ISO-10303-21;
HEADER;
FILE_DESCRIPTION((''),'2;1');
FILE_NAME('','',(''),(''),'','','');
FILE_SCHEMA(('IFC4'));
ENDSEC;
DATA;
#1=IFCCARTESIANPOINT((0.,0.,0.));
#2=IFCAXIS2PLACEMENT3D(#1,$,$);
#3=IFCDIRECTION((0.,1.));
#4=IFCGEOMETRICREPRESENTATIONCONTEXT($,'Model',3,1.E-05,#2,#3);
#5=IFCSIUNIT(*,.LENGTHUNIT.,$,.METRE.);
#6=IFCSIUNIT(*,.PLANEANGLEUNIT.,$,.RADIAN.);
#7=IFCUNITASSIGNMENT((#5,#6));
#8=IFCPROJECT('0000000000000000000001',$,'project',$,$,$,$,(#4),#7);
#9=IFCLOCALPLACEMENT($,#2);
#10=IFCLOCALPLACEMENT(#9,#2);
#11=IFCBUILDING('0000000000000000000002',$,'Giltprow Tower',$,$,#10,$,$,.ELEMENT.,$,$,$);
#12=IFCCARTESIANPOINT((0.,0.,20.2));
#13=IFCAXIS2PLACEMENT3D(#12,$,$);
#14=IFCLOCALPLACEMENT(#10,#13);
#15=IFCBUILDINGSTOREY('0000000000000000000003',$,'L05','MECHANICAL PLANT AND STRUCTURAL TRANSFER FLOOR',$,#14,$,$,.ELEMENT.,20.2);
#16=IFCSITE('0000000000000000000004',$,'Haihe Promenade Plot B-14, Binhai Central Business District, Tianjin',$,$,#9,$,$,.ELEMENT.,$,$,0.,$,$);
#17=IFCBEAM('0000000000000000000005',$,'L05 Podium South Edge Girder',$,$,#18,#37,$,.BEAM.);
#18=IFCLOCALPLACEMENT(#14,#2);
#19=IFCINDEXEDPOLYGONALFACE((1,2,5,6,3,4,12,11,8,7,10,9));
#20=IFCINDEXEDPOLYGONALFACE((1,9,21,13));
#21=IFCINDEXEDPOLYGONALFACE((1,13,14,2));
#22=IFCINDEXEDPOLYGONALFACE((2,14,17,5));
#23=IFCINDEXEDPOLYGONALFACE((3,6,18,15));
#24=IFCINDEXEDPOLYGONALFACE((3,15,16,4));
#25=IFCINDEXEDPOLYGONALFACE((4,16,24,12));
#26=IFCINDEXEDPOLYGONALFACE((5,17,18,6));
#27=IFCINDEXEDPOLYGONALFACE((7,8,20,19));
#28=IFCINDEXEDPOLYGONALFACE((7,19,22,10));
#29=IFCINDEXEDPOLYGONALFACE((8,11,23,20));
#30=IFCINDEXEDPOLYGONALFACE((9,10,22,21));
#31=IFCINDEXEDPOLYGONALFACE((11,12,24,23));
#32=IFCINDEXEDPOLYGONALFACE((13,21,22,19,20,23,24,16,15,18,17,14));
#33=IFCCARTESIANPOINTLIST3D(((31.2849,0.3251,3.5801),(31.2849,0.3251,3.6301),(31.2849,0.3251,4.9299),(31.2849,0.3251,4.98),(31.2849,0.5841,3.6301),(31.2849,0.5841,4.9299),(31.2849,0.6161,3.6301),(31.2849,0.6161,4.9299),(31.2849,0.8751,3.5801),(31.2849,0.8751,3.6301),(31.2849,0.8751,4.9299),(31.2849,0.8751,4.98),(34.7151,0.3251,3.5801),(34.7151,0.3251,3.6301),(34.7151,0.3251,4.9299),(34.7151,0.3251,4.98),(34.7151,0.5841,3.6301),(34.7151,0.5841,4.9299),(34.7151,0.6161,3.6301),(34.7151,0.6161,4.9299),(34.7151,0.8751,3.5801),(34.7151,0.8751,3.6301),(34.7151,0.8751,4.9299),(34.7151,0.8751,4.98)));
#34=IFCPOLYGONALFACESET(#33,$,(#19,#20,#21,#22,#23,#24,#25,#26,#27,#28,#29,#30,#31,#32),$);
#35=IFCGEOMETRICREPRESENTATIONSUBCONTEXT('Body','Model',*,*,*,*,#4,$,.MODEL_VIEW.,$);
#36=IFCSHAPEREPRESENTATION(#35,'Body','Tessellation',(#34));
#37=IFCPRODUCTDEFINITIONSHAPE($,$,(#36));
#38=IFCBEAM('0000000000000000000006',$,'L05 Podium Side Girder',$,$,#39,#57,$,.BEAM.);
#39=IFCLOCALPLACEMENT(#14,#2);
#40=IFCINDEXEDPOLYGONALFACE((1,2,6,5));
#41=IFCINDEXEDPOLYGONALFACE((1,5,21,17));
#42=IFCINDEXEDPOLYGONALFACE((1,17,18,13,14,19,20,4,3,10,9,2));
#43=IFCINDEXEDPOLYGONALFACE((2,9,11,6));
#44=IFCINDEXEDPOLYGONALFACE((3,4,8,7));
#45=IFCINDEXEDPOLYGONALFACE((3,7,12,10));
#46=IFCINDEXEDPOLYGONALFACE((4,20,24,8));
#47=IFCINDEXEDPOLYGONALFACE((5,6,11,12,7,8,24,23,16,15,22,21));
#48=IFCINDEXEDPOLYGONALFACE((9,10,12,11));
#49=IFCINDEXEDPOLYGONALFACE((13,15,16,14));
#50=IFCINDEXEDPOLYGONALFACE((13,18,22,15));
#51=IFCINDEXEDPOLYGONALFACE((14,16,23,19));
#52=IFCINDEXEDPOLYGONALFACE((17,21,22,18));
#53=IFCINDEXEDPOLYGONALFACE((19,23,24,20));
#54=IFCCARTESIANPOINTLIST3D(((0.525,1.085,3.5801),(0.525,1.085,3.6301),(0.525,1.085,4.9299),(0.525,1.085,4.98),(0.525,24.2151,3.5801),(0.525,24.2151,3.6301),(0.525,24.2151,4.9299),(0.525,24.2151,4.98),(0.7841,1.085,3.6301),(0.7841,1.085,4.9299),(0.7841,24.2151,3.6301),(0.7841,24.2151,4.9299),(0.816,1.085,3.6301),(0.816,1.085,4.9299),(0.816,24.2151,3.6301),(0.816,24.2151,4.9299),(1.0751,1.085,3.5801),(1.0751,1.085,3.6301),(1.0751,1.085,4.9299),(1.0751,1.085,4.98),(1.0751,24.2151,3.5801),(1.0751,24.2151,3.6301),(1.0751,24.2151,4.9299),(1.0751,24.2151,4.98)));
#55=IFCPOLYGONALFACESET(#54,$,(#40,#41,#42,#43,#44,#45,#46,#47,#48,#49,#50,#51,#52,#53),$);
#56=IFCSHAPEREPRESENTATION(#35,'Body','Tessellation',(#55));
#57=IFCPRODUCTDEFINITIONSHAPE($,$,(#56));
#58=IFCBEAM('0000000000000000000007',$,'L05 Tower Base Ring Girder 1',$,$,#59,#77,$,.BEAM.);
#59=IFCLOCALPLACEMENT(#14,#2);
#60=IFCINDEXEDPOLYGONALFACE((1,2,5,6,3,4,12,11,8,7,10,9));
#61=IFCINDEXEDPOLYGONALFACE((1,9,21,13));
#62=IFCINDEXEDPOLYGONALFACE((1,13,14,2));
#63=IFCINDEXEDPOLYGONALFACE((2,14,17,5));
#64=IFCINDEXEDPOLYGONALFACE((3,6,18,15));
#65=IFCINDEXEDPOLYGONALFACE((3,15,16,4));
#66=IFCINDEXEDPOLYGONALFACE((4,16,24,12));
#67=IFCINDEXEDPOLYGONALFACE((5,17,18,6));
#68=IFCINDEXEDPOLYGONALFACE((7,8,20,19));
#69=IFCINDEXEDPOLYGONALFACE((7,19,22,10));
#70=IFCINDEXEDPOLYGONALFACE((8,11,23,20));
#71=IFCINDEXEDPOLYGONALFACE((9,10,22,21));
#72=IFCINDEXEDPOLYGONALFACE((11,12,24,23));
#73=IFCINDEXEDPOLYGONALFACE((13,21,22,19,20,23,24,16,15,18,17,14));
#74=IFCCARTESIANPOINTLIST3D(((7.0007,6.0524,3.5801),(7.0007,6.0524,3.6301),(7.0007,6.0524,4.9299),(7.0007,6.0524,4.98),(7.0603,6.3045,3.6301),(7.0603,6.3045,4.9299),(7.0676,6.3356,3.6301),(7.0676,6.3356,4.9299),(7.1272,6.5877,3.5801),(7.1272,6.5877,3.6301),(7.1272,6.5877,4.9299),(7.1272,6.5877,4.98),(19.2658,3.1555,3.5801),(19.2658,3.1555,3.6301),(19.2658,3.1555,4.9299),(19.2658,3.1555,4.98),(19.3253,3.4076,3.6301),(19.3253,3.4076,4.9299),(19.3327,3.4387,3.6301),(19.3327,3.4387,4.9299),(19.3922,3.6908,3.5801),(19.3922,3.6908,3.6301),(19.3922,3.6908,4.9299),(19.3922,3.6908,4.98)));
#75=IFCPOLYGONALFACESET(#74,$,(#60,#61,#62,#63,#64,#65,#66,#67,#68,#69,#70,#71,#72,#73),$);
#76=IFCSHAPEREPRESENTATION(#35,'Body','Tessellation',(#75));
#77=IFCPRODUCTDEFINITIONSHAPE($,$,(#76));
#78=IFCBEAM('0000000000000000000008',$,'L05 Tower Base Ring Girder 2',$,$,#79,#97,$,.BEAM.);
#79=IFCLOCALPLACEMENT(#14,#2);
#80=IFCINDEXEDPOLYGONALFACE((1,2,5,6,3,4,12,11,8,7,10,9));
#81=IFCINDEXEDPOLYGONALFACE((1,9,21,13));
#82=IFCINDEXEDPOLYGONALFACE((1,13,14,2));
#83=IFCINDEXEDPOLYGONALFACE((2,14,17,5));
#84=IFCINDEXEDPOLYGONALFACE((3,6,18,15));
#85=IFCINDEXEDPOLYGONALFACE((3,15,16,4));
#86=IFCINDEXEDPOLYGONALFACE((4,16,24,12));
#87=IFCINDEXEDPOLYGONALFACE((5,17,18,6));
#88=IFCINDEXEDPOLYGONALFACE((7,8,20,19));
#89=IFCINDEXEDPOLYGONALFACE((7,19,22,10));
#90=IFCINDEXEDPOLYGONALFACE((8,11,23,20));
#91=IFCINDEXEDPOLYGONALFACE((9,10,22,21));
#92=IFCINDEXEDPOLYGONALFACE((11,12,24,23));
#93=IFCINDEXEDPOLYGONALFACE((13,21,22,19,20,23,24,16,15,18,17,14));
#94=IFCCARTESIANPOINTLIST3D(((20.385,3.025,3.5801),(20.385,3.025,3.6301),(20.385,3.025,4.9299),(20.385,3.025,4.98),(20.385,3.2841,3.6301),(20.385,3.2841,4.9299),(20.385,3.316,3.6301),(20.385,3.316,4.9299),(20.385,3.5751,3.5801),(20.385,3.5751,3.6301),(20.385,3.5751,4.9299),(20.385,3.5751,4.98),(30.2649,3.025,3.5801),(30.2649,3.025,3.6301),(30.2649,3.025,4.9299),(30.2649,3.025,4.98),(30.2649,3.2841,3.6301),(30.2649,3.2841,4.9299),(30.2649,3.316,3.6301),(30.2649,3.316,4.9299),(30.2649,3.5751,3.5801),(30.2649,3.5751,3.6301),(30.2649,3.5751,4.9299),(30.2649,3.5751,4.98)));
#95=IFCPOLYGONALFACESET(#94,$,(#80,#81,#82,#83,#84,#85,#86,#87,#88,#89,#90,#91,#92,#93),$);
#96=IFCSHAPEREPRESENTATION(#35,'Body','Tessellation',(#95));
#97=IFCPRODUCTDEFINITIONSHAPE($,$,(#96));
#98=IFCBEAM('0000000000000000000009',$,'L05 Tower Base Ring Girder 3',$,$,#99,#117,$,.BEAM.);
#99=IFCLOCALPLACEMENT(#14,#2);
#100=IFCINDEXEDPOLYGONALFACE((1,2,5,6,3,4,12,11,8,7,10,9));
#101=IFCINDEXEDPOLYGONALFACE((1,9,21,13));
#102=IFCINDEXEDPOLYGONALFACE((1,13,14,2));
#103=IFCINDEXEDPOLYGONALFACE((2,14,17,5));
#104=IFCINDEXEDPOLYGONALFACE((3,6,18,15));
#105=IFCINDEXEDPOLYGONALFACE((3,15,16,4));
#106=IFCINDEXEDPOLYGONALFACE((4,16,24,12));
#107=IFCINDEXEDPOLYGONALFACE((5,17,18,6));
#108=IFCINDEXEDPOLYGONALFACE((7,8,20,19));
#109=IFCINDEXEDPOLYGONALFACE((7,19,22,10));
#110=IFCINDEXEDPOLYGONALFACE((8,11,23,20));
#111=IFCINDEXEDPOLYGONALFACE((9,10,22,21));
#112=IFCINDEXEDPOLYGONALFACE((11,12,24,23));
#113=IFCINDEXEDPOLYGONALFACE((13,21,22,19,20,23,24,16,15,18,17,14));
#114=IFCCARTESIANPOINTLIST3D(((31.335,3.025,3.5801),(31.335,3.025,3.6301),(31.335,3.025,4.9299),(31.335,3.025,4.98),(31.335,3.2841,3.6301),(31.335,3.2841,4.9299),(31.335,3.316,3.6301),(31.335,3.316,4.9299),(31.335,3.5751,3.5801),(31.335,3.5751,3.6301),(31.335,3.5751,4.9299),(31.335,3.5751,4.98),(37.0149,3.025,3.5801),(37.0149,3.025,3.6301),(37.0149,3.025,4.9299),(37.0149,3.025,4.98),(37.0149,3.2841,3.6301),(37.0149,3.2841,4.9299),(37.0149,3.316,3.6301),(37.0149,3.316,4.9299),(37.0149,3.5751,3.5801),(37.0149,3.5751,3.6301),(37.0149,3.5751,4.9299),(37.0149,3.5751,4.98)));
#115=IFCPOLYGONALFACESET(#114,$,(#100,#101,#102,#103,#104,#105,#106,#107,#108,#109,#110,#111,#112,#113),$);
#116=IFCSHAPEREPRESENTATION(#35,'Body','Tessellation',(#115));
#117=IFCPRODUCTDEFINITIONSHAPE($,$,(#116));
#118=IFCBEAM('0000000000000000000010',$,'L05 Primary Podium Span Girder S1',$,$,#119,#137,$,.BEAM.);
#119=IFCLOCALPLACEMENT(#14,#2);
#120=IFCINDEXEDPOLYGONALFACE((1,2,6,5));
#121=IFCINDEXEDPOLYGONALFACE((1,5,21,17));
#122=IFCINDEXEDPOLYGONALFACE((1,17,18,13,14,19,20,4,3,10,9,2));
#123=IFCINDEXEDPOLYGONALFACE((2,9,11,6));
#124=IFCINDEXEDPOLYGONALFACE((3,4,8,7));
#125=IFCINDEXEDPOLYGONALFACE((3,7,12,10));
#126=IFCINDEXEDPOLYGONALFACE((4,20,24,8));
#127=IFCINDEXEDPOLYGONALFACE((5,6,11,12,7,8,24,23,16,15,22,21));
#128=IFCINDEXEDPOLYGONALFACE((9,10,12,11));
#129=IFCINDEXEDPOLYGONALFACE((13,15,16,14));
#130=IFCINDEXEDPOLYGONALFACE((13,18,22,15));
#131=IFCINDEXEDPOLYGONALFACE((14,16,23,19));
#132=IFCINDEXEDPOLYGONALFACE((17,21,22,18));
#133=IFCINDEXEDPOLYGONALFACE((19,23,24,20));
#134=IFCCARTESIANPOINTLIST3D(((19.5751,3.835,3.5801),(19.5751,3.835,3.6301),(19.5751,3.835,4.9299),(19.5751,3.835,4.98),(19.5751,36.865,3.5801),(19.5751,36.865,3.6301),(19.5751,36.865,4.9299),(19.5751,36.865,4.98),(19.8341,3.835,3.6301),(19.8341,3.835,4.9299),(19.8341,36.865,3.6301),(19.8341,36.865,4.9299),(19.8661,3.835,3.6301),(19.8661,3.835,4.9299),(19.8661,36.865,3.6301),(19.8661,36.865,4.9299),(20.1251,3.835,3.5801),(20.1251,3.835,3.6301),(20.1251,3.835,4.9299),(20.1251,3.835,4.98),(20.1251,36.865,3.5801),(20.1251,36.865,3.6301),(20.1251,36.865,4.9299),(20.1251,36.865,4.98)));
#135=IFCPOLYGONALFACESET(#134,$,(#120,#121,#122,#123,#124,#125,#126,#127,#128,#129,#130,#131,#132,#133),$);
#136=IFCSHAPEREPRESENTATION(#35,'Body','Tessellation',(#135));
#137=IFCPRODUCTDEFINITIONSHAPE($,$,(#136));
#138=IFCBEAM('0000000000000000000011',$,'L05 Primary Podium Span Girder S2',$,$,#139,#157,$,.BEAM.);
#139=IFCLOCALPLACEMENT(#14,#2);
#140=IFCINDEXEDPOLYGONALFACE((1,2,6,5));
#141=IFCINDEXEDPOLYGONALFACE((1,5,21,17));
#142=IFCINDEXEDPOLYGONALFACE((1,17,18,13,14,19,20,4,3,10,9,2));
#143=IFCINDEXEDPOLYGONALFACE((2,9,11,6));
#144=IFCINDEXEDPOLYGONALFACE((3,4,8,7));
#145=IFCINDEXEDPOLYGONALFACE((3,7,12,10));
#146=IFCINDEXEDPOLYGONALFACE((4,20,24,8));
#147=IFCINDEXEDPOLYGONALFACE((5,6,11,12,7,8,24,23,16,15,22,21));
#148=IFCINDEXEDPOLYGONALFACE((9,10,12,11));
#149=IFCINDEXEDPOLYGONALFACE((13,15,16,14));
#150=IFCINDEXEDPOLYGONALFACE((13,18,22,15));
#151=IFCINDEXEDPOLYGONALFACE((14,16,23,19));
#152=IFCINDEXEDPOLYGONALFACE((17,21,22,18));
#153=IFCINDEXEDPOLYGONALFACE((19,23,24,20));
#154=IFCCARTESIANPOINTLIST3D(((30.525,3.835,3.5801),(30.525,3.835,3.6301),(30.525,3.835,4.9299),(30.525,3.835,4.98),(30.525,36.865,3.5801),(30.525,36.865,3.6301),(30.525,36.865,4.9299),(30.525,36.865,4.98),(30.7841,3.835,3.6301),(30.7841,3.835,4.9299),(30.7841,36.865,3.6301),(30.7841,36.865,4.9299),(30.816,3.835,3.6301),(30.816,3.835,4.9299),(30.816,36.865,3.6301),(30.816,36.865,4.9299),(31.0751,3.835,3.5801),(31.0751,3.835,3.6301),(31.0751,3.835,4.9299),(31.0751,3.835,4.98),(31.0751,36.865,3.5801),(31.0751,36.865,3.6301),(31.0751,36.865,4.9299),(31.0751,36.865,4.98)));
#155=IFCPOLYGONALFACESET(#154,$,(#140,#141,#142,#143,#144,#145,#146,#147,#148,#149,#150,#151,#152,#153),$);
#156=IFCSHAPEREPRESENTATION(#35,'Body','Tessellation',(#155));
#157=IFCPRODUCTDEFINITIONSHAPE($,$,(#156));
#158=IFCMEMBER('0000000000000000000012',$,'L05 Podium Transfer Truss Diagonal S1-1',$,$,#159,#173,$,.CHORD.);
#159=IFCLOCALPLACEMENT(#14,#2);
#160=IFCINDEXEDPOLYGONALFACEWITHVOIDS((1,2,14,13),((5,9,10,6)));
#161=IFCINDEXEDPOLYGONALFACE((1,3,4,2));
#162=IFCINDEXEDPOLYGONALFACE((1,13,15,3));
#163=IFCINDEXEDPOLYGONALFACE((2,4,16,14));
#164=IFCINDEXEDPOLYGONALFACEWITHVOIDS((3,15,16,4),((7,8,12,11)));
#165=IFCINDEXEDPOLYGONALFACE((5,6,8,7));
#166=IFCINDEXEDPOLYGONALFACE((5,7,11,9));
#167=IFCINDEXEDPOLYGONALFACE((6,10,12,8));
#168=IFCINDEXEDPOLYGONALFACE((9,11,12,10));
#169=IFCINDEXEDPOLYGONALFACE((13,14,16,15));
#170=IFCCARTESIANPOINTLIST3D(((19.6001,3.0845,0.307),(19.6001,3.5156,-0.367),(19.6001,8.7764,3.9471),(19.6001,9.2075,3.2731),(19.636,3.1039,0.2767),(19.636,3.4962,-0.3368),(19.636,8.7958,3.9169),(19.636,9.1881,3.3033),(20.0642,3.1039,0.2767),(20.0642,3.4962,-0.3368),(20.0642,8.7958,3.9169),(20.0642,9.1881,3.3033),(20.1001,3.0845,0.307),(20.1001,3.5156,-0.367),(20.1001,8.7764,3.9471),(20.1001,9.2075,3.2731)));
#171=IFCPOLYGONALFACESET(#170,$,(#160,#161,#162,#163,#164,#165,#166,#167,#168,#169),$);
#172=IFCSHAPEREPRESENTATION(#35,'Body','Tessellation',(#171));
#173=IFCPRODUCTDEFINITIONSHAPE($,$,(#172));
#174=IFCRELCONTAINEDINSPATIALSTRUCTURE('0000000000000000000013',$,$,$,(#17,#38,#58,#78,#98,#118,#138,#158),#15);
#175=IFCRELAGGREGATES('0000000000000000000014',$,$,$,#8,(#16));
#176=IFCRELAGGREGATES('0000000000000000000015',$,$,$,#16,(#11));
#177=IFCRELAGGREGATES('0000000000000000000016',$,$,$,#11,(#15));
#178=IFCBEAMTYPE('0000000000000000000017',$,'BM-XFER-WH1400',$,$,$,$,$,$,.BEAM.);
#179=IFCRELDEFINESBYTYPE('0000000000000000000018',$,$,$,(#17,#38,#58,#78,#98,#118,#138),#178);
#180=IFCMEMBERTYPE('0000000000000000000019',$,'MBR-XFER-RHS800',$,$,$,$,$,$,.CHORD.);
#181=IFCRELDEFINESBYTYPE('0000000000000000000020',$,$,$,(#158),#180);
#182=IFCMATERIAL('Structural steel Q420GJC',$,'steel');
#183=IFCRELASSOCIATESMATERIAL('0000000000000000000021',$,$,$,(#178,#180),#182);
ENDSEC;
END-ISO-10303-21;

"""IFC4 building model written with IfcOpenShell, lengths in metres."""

from ifc_helpers import new_model, si_unit, direction, frame, origin, origin_2d, place, context, subcontext, project, spatial, hollow_rectangle, i_section, extrude, source, transform, mapped, material, material_profile, profile_set, type_object, element, save


model = new_model("IFC4")

# Units and contexts
model_context = context("Model", 3, precision=1e-05, world=origin(), true_north=direction((0.0, 1.0)))
body_context = subcontext(model_context, "Body", "Model", "MODEL_VIEW")
ifc_project = project(units=[si_unit("LENGTHUNIT", "METRE"), si_unit("PLANEANGLEUNIT", "RADIAN")], contexts=[model_context])

# Site, building, storey
site_placement = place(None, origin())
site = spatial("IfcSite", under=ifc_project, at=site_placement, Name="Haihe Promenade Plot B-14, Binhai Central Business District, Tianjin", CompositionType="ELEMENT", RefElevation=0.0)
building_placement = place(site_placement, origin())
building = spatial("IfcBuilding", under=site, at=building_placement, Name="Giltprow Tower", CompositionType="ELEMENT")
storey_placement = place(building_placement, frame((0.0, 0.0, 20.2)))
storey = spatial("IfcBuildingStorey", under=building, at=storey_placement, Name="L05", Description="MECHANICAL PLANT AND STRUCTURAL TRANSFER FLOOR", CompositionType="ELEMENT", Elevation=20.2)

# Shared definitions
ifc_material_1 = material(Name="Structural steel Q420GJC", Category="steel")

# Beams
ifc_material_profile_1 = material_profile(ifc_material_1, i_section(OverallWidth=0.55, OverallDepth=1.3999, WebThickness=0.032, FlangeThickness=0.05, at=origin_2d()), Name="WH 1400x550x32x50")
ifc_profile_set_1 = profile_set([ifc_material_profile_1], Name="Structural steel Q420GJC")
beam_type_1 = type_object("IfcBeamType", Name="BM-XFER-WH1400", PredefinedType="BEAM", material=ifc_profile_set_1)
shared_shape_1 = source(origin(), body_context, "Body", "SweptSolid", [
    extrude(i_section(OverallWidth=0.55, OverallDepth=1.3999, WebThickness=0.032, FlangeThickness=0.05, at=origin_2d()), origin(), (0.0, 0.0, 1.0), 3.4302),
])
beam_1_placement = place(storey_placement, frame((31.2849, 0.6001, 4.28), z_axis=(1.0, 0.0, 0.0), x_axis=(0.0, 1.0, 0.0)))
element("IfcBeam", 1, at=beam_1_placement, inside=storey, type_object=beam_type_1, Name="L05 Podium South Edge Girder", PredefinedType="BEAM", context=body_context, shape_type="MappedRepresentation", body=[
    mapped(shared_shape_1, transform((0.0, 0.0, 0.0), x_axis=(1.0, 0.0, 0.0), y_axis=(0.0, 1.0, 0.0), z_axis=(0.0, 0.0, 1.0), scale=1.0)),
])
shared_shape_2 = source(origin(), body_context, "Body", "SweptSolid", [
    extrude(i_section(OverallWidth=0.55, OverallDepth=1.3999, WebThickness=0.032, FlangeThickness=0.05, at=origin_2d()), origin(), (0.0, 0.0, 1.0), 23.1301),
])
beam_2_placement = place(storey_placement, frame((0.8, 1.085, 4.28), z_axis=(0.0, 1.0, 0.0), x_axis=(-1.0, 0.0, 0.0)))
element("IfcBeam", 2, at=beam_2_placement, inside=storey, type_object=beam_type_1, Name="L05 Podium Side Girder", PredefinedType="BEAM", context=body_context, shape_type="MappedRepresentation", body=[
    mapped(shared_shape_2, transform((0.0, 0.0, 0.0), x_axis=(1.0, 0.0, 0.0), y_axis=(0.0, 1.0, 0.0), z_axis=(0.0, 0.0, 1.0), scale=1.0)),
])
shared_shape_3 = source(origin(), body_context, "Body", "SweptSolid", [
    extrude(i_section(OverallWidth=0.55, OverallDepth=1.3999, WebThickness=0.032, FlangeThickness=0.05, at=origin_2d()), origin(), (0.0, 0.0, 1.0), 12.6025),
])
beam_3_placement = place(storey_placement, frame((7.064, 6.3201, 4.28), z_axis=(0.973221, -0.229871, 0.0), x_axis=(0.229871, 0.973221, 0.0)))
element("IfcBeam", 3, at=beam_3_placement, inside=storey, type_object=beam_type_1, Name="L05 Tower Base Ring Girder 1", PredefinedType="BEAM", context=body_context, shape_type="MappedRepresentation", body=[
    mapped(shared_shape_3, transform((0.0, 0.0, 0.0), x_axis=(1.0, 0.0, 0.0), y_axis=(0.0, 1.0, 0.0), z_axis=(0.0, 0.0, 1.0), scale=1.0)),
])
shared_shape_4 = source(origin(), body_context, "Body", "SweptSolid", [
    extrude(i_section(OverallWidth=0.55, OverallDepth=1.3999, WebThickness=0.032, FlangeThickness=0.05, at=origin_2d()), origin(), (0.0, 0.0, 1.0), 9.8799),
])
beam_4_placement = place(storey_placement, frame((20.385, 3.3, 4.28), z_axis=(1.0, 0.0, 0.0), x_axis=(0.0, 1.0, 0.0)))
element("IfcBeam", 4, at=beam_4_placement, inside=storey, type_object=beam_type_1, Name="L05 Tower Base Ring Girder 2", PredefinedType="BEAM", context=body_context, shape_type="MappedRepresentation", body=[
    mapped(shared_shape_4, transform((0.0, 0.0, 0.0), x_axis=(1.0, 0.0, 0.0), y_axis=(0.0, 1.0, 0.0), z_axis=(0.0, 0.0, 1.0), scale=1.0)),
])
shared_shape_5 = source(origin(), body_context, "Body", "SweptSolid", [
    extrude(i_section(OverallWidth=0.55, OverallDepth=1.3999, WebThickness=0.032, FlangeThickness=0.05, at=origin_2d()), origin(), (0.0, 0.0, 1.0), 5.6799),
])
beam_5_placement = place(storey_placement, frame((31.335, 3.3, 4.28), z_axis=(1.0, 0.0, 0.0), x_axis=(0.0, 1.0, 0.0)))
element("IfcBeam", 5, at=beam_5_placement, inside=storey, type_object=beam_type_1, Name="L05 Tower Base Ring Girder 3", PredefinedType="BEAM", context=body_context, shape_type="MappedRepresentation", body=[
    mapped(shared_shape_5, transform((0.0, 0.0, 0.0), x_axis=(1.0, 0.0, 0.0), y_axis=(0.0, 1.0, 0.0), z_axis=(0.0, 0.0, 1.0), scale=1.0)),
])
shared_shape_6 = source(origin(), body_context, "Body", "SweptSolid", [
    extrude(i_section(OverallWidth=0.55, OverallDepth=1.3999, WebThickness=0.032, FlangeThickness=0.05, at=origin_2d()), origin(), (0.0, 0.0, 1.0), 33.03),
])
for number, where, z_axis, x_axis, name in (
    (6, (19.8501, 3.835, 4.28), (0.0, 1.0, 0.0), (-1.0, 0.0, 0.0), "L05 Primary Podium Span Girder S1"),
    (7, (30.8, 3.835, 4.28), (0.0, 1.0, 0.0), (-1.0, 0.0, 0.0), "L05 Primary Podium Span Girder S2"),
):
    element("IfcBeam", number, at=place(storey_placement, frame(where, z_axis=z_axis, x_axis=x_axis)), inside=storey, type_object=beam_type_1, Name=name, PredefinedType="BEAM", context=body_context, shape_type="MappedRepresentation", body=[
        mapped(shared_shape_6, transform((0.0, 0.0, 0.0), x_axis=(1.0, 0.0, 0.0), y_axis=(0.0, 1.0, 0.0), z_axis=(0.0, 0.0, 1.0), scale=1.0)),
    ])

# Member
ifc_material_profile_2 = material_profile(ifc_material_1, hollow_rectangle(XDim=0.5, YDim=0.8, WallThickness=0.0359, at=origin_2d()), Name="RHS 800x500x36")
ifc_profile_set_2 = profile_set([ifc_material_profile_2], Name="Structural steel Q420GJC")
member_type = type_object("IfcMemberType", Name="MBR-XFER-RHS800", PredefinedType="CHORD", material=ifc_profile_set_2)
shared_shape_7 = source(origin(), body_context, "Body", "SweptSolid", [
    extrude(hollow_rectangle(XDim=0.5, YDim=0.8, WallThickness=0.0359, at=origin_2d()), origin(), (0.0, 0.0, 1.0), 6.7563),
])
for number, where, z_axis, x_axis, name in (
    (8, (19.8501, 3.3, -0.03), (0.0, 0.842451, 0.538773), (-1.0, 0.0, 0.0), "L05 Podium Transfer Truss Diagonal S1-1"),
):
    element("IfcMember", number, at=place(storey_placement, frame(where, z_axis=z_axis, x_axis=x_axis)), inside=storey, type_object=member_type, Name=name, PredefinedType="CHORD", context=body_context, shape_type="MappedRepresentation", body=[
        mapped(shared_shape_7, transform((0.0, 0.0, 0.0), x_axis=(1.0, 0.0, 0.0), y_axis=(0.0, 1.0, 0.0), z_axis=(0.0, 0.0, 1.0), scale=1.0)),
    ])

save(model, "model.ifc")
